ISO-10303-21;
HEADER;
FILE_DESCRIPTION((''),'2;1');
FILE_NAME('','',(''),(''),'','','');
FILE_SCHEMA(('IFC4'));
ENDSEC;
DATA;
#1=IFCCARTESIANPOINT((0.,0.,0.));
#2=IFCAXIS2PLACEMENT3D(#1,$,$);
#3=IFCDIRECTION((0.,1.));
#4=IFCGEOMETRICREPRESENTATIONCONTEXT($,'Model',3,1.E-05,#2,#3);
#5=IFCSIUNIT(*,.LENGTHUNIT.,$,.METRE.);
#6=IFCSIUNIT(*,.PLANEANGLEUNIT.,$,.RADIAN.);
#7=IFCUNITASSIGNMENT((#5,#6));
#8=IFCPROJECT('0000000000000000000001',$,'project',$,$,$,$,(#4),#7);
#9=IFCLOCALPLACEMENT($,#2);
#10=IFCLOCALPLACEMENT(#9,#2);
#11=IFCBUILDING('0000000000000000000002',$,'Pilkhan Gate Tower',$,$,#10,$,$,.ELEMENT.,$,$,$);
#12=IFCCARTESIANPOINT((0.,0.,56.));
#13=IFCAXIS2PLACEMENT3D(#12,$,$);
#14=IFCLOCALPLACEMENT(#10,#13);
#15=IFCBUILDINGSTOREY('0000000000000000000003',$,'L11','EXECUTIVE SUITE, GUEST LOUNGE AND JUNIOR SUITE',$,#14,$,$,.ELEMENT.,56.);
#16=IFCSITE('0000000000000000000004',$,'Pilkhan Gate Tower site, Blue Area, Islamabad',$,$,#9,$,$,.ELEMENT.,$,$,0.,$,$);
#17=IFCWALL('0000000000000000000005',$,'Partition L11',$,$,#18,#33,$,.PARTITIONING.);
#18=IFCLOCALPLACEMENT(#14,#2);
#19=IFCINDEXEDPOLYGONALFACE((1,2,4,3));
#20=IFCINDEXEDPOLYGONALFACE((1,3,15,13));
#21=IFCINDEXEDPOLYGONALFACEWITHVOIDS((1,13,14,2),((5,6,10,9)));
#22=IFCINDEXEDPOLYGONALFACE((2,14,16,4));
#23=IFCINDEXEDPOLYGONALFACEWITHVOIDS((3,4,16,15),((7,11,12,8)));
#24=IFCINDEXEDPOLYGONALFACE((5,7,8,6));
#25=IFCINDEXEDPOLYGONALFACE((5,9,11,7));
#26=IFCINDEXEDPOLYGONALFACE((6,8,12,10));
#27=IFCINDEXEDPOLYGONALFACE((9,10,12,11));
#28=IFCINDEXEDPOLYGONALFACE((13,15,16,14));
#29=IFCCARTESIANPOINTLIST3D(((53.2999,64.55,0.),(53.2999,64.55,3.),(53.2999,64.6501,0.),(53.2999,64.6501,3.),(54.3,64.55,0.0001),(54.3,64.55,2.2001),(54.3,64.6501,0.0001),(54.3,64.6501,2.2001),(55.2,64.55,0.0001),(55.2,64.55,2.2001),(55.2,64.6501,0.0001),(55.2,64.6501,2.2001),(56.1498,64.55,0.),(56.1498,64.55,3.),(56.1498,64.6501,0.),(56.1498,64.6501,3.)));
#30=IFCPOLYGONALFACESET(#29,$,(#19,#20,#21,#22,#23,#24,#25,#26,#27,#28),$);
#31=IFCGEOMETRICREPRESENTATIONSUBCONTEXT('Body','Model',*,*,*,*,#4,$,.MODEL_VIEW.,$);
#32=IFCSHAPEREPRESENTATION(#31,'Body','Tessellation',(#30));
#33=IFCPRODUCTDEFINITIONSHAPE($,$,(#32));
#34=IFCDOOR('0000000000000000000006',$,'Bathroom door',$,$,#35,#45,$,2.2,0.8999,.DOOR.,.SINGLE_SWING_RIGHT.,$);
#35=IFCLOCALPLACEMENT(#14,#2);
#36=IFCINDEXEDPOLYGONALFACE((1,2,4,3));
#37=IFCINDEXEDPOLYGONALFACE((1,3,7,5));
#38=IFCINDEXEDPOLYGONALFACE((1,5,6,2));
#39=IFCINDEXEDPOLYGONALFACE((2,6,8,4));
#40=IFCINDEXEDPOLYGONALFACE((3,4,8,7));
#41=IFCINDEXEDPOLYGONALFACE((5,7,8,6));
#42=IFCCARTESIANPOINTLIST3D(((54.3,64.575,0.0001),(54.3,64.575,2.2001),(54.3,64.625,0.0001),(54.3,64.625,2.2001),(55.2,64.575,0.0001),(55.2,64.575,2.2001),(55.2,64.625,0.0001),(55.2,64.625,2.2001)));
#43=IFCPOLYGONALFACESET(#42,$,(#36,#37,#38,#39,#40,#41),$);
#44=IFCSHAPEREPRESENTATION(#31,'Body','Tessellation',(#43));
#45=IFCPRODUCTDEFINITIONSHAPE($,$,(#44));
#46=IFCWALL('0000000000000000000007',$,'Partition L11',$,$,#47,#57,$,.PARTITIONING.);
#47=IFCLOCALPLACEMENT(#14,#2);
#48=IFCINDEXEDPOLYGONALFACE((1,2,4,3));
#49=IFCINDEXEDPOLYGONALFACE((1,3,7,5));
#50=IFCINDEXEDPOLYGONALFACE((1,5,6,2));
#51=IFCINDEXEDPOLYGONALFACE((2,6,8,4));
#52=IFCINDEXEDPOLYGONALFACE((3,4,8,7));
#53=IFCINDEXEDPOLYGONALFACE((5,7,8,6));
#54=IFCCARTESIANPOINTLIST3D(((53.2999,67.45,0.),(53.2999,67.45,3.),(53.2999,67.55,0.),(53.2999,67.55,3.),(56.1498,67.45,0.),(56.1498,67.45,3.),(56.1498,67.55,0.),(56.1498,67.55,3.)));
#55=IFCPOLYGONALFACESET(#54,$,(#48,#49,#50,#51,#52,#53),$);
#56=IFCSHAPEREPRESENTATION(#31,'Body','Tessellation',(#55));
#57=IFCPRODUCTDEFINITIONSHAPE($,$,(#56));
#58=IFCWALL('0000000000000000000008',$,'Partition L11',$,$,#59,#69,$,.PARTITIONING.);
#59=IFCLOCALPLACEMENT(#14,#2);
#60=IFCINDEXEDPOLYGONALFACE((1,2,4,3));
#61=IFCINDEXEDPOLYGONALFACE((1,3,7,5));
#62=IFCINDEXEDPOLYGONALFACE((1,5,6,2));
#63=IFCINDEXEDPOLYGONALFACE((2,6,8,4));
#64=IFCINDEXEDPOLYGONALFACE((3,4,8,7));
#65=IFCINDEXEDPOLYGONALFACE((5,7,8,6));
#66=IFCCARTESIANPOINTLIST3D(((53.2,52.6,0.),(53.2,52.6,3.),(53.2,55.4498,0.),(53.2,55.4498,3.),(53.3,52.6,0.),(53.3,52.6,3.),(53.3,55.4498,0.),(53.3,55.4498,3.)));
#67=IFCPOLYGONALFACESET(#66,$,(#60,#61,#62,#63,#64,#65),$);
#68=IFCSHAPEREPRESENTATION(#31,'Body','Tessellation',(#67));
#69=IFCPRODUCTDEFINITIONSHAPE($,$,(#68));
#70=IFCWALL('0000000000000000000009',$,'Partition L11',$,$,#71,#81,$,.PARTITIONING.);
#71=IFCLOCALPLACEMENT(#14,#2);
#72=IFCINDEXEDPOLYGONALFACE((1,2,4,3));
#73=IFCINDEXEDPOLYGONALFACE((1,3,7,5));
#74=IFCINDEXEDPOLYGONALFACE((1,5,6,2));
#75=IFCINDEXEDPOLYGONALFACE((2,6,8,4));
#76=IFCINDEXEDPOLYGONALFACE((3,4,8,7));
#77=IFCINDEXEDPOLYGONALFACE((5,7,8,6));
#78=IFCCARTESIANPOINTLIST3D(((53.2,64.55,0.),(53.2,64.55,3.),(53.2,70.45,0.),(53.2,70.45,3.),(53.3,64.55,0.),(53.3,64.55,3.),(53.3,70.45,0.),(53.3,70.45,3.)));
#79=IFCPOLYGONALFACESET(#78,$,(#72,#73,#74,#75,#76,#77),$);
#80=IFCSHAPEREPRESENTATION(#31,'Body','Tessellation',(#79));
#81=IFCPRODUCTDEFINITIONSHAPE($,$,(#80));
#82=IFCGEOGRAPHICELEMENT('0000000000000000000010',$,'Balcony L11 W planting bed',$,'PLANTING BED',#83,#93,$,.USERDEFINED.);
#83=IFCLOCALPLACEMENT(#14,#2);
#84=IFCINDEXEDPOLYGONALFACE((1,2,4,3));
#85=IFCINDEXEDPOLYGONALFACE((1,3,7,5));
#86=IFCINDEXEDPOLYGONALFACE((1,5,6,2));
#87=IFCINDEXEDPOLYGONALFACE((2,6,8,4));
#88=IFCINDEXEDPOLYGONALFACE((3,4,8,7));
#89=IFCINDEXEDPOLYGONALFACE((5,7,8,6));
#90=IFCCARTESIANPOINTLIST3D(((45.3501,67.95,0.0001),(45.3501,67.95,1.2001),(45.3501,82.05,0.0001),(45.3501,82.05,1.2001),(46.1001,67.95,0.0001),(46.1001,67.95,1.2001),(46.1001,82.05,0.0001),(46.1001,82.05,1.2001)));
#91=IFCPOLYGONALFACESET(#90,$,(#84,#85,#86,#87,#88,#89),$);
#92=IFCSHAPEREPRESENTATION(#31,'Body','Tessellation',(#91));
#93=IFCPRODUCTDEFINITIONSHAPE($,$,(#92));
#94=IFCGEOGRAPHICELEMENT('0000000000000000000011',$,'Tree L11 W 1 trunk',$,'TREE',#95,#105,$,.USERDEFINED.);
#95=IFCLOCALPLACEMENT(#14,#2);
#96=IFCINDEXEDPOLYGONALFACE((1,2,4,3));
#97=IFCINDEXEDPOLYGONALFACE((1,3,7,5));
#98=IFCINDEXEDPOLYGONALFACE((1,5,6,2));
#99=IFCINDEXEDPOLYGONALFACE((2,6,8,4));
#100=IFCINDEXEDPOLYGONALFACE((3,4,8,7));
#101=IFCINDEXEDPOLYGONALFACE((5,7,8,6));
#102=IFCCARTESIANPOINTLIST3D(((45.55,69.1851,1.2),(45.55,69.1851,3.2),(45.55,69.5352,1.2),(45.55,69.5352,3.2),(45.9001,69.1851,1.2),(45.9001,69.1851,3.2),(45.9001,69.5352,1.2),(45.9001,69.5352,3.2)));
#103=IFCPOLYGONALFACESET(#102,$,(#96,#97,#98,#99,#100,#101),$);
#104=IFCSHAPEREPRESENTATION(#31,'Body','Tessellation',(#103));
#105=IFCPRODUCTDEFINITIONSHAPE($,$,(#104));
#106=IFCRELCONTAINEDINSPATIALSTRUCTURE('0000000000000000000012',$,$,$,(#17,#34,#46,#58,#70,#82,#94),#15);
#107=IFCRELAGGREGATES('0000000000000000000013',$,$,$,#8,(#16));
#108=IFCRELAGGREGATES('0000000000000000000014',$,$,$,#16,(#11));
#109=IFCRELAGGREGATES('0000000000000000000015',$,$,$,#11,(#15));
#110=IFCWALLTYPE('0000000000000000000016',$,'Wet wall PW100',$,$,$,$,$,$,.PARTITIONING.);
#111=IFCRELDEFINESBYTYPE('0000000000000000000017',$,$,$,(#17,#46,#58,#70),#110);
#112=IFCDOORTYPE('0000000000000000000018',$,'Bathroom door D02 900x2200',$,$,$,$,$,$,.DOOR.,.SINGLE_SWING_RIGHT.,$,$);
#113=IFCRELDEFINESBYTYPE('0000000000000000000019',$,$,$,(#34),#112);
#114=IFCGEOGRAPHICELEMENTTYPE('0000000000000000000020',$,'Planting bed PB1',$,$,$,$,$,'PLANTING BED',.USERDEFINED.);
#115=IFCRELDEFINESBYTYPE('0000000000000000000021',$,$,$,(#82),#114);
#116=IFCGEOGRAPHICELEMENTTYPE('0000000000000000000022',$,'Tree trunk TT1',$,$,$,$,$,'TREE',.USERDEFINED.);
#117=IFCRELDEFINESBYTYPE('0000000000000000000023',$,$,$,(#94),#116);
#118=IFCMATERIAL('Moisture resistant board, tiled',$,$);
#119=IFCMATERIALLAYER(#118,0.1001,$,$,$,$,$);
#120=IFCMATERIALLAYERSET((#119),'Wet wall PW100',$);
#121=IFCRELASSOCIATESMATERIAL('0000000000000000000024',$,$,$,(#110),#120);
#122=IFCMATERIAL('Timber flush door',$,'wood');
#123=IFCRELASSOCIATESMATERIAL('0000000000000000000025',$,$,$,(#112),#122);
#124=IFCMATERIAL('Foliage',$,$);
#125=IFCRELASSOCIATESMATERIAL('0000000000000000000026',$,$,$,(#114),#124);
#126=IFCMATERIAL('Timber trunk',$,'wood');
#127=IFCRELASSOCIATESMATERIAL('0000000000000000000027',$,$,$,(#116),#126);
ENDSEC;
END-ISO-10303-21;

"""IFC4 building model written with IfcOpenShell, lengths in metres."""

from ifc_helpers import new_model, si_unit, direction, frame, frame_2d, origin, origin_2d, place, context, subcontext, project, spatial, rectangle, extrude, material, layer, layer_set, material_profile, profile_set, type_object, element, fill, save


model = new_model("IFC4")

# Units and contexts
model_context = context("Model", 3, precision=1e-05, world=origin(), true_north=direction((0.0, 1.0)))
body_context = subcontext(model_context, "Body", "Model", "MODEL_VIEW")
ifc_project = project(units=[si_unit("LENGTHUNIT", "METRE"), si_unit("PLANEANGLEUNIT", "RADIAN")], contexts=[model_context])

# Site, building, storey
site_placement = place(None, origin())
site = spatial("IfcSite", under=ifc_project, at=site_placement, Name="Pilkhan Gate Tower site, Blue Area, Islamabad", CompositionType="ELEMENT", RefElevation=0.0)
building_placement = place(site_placement, origin())
building = spatial("IfcBuilding", under=site, at=building_placement, Name="Pilkhan Gate Tower", CompositionType="ELEMENT")
storey_placement = place(building_placement, frame((0.0, 0.0, 56.0)))
storey = spatial("IfcBuildingStorey", under=building, at=storey_placement, Name="L11", Description="EXECUTIVE SUITE, GUEST LOUNGE AND JUNIOR SUITE", CompositionType="ELEMENT", Elevation=56.0)

# Wall, opening, door
ifc_material_1 = material(Name="Moisture resistant board, tiled")
ifc_layer_1 = layer(ifc_material_1, 0.1001)
ifc_layer_set_1 = layer_set([ifc_layer_1], Name="Wet wall PW100")
wall_type_1 = type_object("IfcWallType", Name="Wet wall PW100", PredefinedType="PARTITIONING", material=ifc_layer_set_1)
ifc_material_2 = material(Name="Timber flush door", Category="wood")
door_type = type_object("IfcDoorType", Name="Bathroom door D02 900x2200", OperationType="SINGLE_SWING_RIGHT", PredefinedType="DOOR", material=ifc_material_2)
wall_1_placement = place(storey_placement, frame((53.3, 64.6001, 0.0), z_axis=(0.0, 0.0, 1.0), x_axis=(1.0, 0.0, 0.0)))
wall_1 = element("IfcWall", 1, at=wall_1_placement, inside=storey, type_object=wall_type_1, Name="Partition L11", PredefinedType="PARTITIONING", context=body_context, shape_type="SweptSolid", body=[
    extrude(rectangle(XDim=2.8499, YDim=0.1001, at=frame_2d((1.4248, 0.0))), origin(), (0.0, 0.0, 1.0), 3.0),
])
opening_1_placement = place(wall_1_placement, frame((1.0, 0.0, 0.0)))
opening_1 = element("IfcOpeningElement", 2, at=opening_1_placement, cuts=wall_1, PredefinedType="OPENING", context=body_context, shape_type="SweptSolid", body=[
    extrude(rectangle(XDim=0.8999, YDim=2.2, at=frame_2d((0.45, 1.1001))), frame((0.0, 0.0601, 0.0), z_axis=(0.0, -1.0, 0.0), x_axis=(1.0, 0.0, 0.0)), (0.0, 0.0, 1.0), 0.1201),
])
door_1_placement = place(opening_1_placement, origin())
door_1 = element("IfcDoor", 3, at=door_1_placement, inside=storey, type_object=door_type, Name="Bathroom door", OperationType="SINGLE_SWING_RIGHT", OverallHeight=2.2, OverallWidth=0.8999, PredefinedType="DOOR", context=body_context, shape_type="SweptSolid", body=[
    extrude(rectangle(XDim=0.8999, YDim=2.2, at=frame_2d((0.45, 1.1001))), frame((0.0, 0.0249, 0.0), z_axis=(0.0, -1.0, 0.0), x_axis=(1.0, 0.0, 0.0)), (0.0, 0.0, 1.0), 0.05),
])
fill(opening_1, door_1)

# Walls
for number, where, z_axis, x_axis, name in (
    (4, (53.3, 67.5, 0.0), (0.0, 0.0, 1.0), (1.0, 0.0, 0.0), "Partition L11"),
    (5, (53.25, 52.6001, 0.0), (0.0, 0.0, 1.0), (0.0, 1.0, 0.0), "Partition L11"),
):
    element("IfcWall", number, at=place(storey_placement, frame(where, z_axis=z_axis, x_axis=x_axis)), inside=storey, type_object=wall_type_1, Name=name, PredefinedType="PARTITIONING", context=body_context, shape_type="SweptSolid", body=[
        extrude(rectangle(XDim=2.8499, YDim=0.1001, at=frame_2d((1.4248, 0.0))), origin(), (0.0, 0.0, 1.0), 3.0),
    ])
wall_2_placement = place(storey_placement, frame((53.25, 64.55, 0.0), z_axis=(0.0, 0.0, 1.0), x_axis=(0.0, 1.0, 0.0)))
element("IfcWall", 6, at=wall_2_placement, inside=storey, type_object=wall_type_1, Name="Partition L11", PredefinedType="PARTITIONING", context=body_context, shape_type="SweptSolid", body=[
    extrude(rectangle(XDim=5.8999, YDim=0.1001, at=frame_2d((2.95, 0.0))), origin(), (0.0, 0.0, 1.0), 3.0),
])

# Geographic elements
ifc_material_3 = material(Name="Foliage")
ifc_material_profile_1 = material_profile(ifc_material_3, rectangle(XDim=0.75, YDim=1.2, at=origin_2d()), Name="Bed 750x1200")
ifc_profile_set_1 = profile_set([ifc_material_profile_1], Name="Foliage")
geographic_element_type_1 = type_object("IfcGeographicElementType", Name="Planting bed PB1", ElementType="PLANTING BED", PredefinedType="USERDEFINED", material=ifc_profile_set_1)
geographic_element_1_placement = place(storey_placement, frame((45.7251, 67.95, 0.6001), z_axis=(0.0, 1.0, 0.0), x_axis=(-1.0, 0.0, 0.0)))
element("IfcGeographicElement", 7, at=geographic_element_1_placement, inside=storey, type_object=geographic_element_type_1, Name="Balcony L11 W planting bed", ObjectType="PLANTING BED", PredefinedType="USERDEFINED", context=body_context, shape_type="SweptSolid", body=[
    extrude(rectangle(XDim=0.75, YDim=1.2, at=origin_2d()), origin(), (0.0, 0.0, 1.0), 14.1001),
])
ifc_material_4 = material(Name="Timber trunk", Category="wood")
geographic_element_type_2 = type_object("IfcGeographicElementType", Name="Tree trunk TT1", ElementType="TREE", PredefinedType="USERDEFINED", material=ifc_material_4)
geographic_element_2_placement = place(storey_placement, frame((45.7251, 69.3601, 1.2), z_axis=(0.0, 0.0, 1.0), x_axis=(1.0, 0.0, 0.0)))
element("IfcGeographicElement", 8, at=geographic_element_2_placement, inside=storey, type_object=geographic_element_type_2, Name="Tree L11 W 1 trunk", ObjectType="TREE", PredefinedType="USERDEFINED", context=body_context, shape_type="SweptSolid", body=[
    extrude(rectangle(XDim=0.3501, YDim=0.3501, at=origin_2d()), origin(), (0.0, 0.0, 1.0), 2.0),
])

save(model, "model.ifc")
